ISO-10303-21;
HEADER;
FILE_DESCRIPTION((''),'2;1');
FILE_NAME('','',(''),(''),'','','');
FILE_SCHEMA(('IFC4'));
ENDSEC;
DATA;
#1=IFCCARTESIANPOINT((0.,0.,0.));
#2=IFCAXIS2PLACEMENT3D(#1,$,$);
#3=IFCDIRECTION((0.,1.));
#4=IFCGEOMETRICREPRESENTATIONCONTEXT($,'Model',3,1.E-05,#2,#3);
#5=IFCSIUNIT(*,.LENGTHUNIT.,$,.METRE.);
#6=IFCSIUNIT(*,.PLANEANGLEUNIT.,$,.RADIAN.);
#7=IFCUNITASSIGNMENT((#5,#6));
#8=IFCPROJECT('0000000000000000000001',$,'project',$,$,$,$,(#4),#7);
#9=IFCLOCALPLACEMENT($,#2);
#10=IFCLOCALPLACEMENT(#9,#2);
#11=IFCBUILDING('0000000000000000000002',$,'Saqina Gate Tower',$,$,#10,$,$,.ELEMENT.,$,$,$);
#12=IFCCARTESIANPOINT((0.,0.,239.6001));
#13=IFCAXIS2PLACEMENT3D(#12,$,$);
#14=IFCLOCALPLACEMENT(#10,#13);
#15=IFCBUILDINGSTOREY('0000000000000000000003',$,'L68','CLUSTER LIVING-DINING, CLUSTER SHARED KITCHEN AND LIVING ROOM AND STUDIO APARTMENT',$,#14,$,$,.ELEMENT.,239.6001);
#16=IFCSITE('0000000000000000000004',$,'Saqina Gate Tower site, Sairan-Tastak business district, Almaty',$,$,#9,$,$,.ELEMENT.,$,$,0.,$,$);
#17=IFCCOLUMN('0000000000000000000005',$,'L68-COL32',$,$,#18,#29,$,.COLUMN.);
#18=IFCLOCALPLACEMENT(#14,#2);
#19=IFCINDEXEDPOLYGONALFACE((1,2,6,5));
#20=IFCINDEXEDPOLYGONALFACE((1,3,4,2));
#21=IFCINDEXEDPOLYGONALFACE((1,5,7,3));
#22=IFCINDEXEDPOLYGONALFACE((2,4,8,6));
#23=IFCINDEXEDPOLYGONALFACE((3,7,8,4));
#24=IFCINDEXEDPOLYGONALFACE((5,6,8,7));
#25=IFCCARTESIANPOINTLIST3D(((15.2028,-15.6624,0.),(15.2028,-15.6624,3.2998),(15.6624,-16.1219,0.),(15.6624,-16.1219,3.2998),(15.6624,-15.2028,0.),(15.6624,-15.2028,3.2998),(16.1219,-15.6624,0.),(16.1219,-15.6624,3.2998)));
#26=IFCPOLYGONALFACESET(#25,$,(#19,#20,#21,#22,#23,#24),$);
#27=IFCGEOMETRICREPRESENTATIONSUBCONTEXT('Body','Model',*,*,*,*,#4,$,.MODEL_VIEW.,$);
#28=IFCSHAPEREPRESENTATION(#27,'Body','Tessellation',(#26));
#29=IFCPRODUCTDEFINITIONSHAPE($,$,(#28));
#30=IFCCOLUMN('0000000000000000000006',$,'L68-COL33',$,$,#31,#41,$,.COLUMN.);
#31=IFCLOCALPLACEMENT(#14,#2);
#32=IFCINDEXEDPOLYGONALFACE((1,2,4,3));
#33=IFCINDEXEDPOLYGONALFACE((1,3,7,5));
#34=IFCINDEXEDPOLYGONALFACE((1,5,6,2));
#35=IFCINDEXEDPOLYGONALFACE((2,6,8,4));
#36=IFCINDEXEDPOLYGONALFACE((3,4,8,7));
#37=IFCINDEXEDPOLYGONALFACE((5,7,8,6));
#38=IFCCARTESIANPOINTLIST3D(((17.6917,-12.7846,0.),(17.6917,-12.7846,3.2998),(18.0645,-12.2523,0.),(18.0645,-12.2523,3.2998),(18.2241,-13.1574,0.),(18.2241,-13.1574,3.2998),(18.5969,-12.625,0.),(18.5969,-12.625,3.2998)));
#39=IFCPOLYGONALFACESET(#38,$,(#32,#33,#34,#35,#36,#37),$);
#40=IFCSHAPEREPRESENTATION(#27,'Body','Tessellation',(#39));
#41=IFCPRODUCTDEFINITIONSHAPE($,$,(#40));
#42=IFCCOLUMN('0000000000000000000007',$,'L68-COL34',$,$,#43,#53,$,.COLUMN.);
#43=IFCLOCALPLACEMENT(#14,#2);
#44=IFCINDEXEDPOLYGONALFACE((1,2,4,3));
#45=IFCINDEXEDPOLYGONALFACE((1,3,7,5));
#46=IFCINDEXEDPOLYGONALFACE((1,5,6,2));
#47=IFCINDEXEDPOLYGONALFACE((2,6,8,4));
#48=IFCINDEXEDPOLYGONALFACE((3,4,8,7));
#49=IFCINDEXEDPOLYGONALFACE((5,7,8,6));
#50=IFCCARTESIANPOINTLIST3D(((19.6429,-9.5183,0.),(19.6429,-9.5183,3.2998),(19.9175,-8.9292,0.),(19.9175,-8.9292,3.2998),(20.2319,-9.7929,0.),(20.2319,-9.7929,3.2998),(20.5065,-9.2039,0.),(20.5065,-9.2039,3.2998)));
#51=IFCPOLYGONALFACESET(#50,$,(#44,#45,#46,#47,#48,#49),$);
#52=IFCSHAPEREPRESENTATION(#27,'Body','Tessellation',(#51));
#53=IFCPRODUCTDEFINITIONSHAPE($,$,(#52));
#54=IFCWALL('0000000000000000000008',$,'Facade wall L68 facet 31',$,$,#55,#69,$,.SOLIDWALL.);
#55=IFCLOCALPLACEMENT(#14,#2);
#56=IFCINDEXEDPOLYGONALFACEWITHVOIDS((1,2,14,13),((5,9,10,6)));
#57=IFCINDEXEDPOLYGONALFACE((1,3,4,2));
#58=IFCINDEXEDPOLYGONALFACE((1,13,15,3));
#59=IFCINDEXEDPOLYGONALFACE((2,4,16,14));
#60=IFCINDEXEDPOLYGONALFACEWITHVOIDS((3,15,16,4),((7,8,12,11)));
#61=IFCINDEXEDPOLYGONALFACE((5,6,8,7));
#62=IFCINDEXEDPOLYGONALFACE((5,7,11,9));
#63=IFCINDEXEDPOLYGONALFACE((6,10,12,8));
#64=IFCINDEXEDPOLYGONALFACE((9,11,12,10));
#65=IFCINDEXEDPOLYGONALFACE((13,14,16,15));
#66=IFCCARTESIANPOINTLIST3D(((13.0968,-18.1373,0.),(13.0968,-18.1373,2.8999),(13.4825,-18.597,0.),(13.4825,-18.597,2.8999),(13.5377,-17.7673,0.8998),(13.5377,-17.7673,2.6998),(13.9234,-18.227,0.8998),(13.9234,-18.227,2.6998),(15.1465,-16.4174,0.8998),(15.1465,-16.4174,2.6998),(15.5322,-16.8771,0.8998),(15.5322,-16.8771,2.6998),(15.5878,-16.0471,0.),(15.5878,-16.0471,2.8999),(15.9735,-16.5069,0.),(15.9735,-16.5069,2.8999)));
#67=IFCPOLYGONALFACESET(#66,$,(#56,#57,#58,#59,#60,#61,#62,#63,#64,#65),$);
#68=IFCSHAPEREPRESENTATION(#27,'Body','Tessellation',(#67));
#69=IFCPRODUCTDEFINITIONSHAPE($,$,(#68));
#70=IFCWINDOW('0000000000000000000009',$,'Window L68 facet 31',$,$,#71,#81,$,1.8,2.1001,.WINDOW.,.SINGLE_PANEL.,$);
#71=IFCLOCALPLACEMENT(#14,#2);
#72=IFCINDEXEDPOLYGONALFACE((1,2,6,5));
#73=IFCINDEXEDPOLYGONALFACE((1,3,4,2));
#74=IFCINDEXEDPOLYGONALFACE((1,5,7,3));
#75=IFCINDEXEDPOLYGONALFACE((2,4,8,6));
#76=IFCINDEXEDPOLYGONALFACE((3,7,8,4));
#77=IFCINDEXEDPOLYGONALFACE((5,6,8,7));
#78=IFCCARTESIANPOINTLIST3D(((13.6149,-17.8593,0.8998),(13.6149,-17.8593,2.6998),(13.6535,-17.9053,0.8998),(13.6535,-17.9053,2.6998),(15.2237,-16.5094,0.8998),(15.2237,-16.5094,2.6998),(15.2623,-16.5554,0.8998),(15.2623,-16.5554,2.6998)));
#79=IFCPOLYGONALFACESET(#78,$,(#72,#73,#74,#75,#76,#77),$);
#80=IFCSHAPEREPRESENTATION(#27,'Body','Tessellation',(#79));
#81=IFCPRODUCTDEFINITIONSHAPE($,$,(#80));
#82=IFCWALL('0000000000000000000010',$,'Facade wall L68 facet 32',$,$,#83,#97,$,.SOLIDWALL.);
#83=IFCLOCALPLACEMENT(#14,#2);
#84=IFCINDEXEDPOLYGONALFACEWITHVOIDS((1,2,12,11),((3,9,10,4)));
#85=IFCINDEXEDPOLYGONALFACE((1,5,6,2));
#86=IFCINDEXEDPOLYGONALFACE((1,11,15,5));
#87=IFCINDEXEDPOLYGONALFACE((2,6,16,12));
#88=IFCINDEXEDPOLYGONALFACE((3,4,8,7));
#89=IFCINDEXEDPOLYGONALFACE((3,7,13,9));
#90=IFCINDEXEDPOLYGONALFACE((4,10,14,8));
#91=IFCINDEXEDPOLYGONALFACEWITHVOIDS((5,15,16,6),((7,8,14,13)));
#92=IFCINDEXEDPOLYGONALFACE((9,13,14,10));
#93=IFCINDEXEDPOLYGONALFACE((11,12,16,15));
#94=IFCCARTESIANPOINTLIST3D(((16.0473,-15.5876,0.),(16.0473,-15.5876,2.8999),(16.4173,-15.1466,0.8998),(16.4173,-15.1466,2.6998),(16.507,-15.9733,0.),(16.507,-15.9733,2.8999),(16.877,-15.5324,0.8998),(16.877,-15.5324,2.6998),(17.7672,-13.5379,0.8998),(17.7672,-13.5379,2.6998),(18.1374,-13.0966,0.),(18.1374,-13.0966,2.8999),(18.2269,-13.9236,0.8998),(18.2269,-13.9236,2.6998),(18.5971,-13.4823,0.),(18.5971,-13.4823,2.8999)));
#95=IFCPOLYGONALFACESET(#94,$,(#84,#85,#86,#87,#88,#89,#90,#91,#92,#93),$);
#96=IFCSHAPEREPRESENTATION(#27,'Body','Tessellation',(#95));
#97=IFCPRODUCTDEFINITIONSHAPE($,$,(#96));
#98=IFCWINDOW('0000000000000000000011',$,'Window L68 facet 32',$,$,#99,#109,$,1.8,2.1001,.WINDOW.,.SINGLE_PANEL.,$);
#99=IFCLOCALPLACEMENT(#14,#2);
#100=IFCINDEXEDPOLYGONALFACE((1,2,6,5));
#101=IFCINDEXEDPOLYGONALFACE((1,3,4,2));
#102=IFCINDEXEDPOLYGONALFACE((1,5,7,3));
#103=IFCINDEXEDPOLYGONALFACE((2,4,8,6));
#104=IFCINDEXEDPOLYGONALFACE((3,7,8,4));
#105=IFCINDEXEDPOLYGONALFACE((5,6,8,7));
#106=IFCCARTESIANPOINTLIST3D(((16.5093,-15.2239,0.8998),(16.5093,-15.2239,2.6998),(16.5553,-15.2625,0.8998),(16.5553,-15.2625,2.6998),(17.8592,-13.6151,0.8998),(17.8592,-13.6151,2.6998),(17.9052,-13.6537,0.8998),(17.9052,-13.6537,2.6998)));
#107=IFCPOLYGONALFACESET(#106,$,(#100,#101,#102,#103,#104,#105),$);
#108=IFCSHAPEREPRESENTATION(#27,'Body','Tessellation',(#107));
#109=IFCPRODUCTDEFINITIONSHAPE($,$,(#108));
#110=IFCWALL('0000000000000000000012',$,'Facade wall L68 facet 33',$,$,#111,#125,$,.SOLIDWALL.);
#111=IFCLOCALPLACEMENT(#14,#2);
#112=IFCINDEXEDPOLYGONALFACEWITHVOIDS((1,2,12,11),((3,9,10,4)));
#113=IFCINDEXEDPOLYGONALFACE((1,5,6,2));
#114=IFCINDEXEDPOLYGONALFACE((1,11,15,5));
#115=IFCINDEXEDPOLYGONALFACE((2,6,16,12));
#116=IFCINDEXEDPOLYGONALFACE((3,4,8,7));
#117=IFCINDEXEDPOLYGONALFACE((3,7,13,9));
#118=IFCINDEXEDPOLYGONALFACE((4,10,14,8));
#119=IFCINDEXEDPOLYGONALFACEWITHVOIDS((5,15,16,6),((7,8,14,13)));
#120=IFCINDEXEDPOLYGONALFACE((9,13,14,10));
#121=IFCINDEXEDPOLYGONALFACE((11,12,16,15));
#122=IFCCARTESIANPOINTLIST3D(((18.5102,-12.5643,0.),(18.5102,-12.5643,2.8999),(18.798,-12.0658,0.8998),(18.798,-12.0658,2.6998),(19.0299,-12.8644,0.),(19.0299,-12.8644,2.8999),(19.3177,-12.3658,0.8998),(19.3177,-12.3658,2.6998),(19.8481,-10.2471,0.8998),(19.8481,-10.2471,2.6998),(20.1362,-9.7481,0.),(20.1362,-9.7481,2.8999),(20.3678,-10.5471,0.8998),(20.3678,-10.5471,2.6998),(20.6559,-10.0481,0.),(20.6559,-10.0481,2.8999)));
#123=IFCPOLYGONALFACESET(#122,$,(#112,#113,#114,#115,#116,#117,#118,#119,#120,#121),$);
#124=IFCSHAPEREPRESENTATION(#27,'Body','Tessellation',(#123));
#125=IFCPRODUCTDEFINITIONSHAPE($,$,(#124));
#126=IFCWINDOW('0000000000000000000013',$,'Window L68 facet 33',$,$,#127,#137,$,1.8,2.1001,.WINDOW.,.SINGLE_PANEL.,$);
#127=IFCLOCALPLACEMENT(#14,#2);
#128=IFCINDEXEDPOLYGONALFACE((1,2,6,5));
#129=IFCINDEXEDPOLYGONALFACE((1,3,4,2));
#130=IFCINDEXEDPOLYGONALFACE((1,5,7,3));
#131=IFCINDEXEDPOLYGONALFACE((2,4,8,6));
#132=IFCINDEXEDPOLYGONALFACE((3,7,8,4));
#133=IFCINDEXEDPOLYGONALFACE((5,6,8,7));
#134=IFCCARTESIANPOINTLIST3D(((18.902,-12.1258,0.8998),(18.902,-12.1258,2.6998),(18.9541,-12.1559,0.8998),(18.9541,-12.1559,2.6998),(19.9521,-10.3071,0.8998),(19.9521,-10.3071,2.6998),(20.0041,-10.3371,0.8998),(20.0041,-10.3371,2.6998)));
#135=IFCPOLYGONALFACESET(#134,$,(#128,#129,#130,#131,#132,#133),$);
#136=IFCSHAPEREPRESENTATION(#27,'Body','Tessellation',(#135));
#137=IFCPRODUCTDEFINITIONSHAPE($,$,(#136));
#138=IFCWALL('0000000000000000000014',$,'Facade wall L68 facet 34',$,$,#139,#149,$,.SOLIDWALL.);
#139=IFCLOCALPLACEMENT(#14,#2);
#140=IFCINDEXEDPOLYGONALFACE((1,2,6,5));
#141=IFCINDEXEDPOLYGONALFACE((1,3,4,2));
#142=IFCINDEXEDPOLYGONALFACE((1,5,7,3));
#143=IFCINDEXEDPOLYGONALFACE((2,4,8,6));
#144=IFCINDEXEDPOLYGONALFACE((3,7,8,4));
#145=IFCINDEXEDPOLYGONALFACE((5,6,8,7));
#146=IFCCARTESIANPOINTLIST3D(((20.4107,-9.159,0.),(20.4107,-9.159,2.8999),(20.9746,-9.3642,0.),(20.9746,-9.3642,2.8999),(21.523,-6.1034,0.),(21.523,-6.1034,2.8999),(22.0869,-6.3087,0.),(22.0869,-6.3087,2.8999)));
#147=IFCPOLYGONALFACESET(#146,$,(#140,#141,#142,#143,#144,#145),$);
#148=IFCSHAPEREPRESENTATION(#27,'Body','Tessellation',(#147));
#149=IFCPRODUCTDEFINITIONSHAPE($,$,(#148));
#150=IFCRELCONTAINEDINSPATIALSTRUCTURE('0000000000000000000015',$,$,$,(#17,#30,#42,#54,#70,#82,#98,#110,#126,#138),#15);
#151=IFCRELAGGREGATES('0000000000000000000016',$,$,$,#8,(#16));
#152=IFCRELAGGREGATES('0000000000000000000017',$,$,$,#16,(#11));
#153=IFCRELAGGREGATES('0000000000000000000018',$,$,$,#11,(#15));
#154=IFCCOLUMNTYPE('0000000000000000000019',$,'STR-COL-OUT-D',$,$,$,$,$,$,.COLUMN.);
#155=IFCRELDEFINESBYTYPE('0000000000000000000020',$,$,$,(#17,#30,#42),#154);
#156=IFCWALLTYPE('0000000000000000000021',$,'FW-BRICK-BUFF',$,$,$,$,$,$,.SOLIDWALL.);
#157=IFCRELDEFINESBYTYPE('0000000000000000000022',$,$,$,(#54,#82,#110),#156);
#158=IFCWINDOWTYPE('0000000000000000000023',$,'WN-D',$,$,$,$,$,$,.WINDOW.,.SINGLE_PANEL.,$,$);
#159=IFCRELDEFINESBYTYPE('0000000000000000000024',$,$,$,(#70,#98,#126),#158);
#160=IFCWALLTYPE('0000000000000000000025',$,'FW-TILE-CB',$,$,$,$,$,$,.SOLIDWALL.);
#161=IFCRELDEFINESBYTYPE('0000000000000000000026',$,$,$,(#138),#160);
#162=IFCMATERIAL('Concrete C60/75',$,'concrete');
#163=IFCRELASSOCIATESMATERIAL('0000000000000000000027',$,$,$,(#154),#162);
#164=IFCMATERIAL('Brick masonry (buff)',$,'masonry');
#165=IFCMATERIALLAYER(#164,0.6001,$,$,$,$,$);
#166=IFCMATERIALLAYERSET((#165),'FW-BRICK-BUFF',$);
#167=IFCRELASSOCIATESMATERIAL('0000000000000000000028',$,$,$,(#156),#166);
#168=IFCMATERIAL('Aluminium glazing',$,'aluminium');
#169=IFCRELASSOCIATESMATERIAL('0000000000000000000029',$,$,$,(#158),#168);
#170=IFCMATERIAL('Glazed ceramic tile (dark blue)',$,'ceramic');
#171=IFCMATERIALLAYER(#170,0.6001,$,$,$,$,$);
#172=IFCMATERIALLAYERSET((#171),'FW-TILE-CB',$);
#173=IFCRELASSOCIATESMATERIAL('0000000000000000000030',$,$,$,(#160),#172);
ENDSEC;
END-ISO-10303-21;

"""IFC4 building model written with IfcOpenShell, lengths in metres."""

from ifc_helpers import new_model, si_unit, direction, frame, frame_2d, origin, origin_2d, place, context, subcontext, project, spatial, rectangle, extrude, material, layer, layer_set, material_profile, profile_set, type_object, element, fill, save


model = new_model("IFC4")

# Units and contexts
model_context = context("Model", 3, precision=1e-05, world=origin(), true_north=direction((0.0, 1.0)))
body_context = subcontext(model_context, "Body", "Model", "MODEL_VIEW")
ifc_project = project(units=[si_unit("LENGTHUNIT", "METRE"), si_unit("PLANEANGLEUNIT", "RADIAN")], contexts=[model_context])

# Site, building, storey
site_placement = place(None, origin())
site = spatial("IfcSite", under=ifc_project, at=site_placement, Name="Saqina Gate Tower site, Sairan-Tastak business district, Almaty", CompositionType="ELEMENT", RefElevation=0.0)
building_placement = place(site_placement, origin())
building = spatial("IfcBuilding", under=site, at=building_placement, Name="Saqina Gate Tower", CompositionType="ELEMENT")
storey_placement = place(building_placement, frame((0.0, 0.0, 239.6001)))
storey = spatial("IfcBuildingStorey", under=building, at=storey_placement, Name="L68", Description="CLUSTER LIVING-DINING, CLUSTER SHARED KITCHEN AND LIVING ROOM AND STUDIO APARTMENT", CompositionType="ELEMENT", Elevation=239.6001)

# Columns
ifc_material_1 = material(Name="Concrete C60/75", Category="concrete")
ifc_material_profile = material_profile(ifc_material_1, rectangle(XDim=0.6499, YDim=0.6499, at=origin_2d()), Name="RC 650x650")
ifc_profile_set = profile_set([ifc_material_profile], Name="Concrete C60/75")
column_type = type_object("IfcColumnType", Name="STR-COL-OUT-D", PredefinedType="COLUMN", material=ifc_profile_set)
for number, where, z_axis, x_axis, name in (
    (1, (15.6624, -15.6624, 0.0), (0.0, 0.0, 1.0), (0.707107, -0.707107, 0.0), "L68-COL32"),
    (2, (18.1443, -12.7048, 0.0), (0.0, 0.0, 1.0), (0.819152, -0.573576, 0.0), "L68-COL33"),
    (3, (20.0747, -9.3611, 0.0), (0.0, 0.0, 1.0), (0.906308, -0.422618, 0.0), "L68-COL34"),
):
    element("IfcColumn", number, at=place(storey_placement, frame(where, z_axis=z_axis, x_axis=x_axis)), inside=storey, type_object=column_type, Name=name, PredefinedType="COLUMN", context=body_context, shape_type="SweptSolid", body=[
        extrude(rectangle(XDim=0.6499, YDim=0.6499, at=origin_2d()), origin(), (0.0, 0.0, 1.0), 3.2998),
    ])

# Walls, openings, windows
ifc_material_2 = material(Name="Brick masonry (buff)", Category="masonry")
ifc_layer_1 = layer(ifc_material_2, 0.6001)
ifc_layer_set_1 = layer_set([ifc_layer_1], Name="FW-BRICK-BUFF")
wall_type_1 = type_object("IfcWallType", Name="FW-BRICK-BUFF", PredefinedType="SOLIDWALL", material=ifc_layer_set_1)
wall_1_placement = place(storey_placement, frame((13.2896, -18.3672, 0.0), z_axis=(0.0, 0.0, 1.0), x_axis=(0.766057, 0.642773, 0.0)))
wall_1 = element("IfcWall", 4, at=wall_1_placement, inside=storey, type_object=wall_type_1, Name="Facade wall L68 facet 31", PredefinedType="SOLIDWALL", context=body_context, shape_type="SweptSolid", body=[
    extrude(rectangle(XDim=3.2517, YDim=0.6001, at=frame_2d((1.626, 0.0))), origin(), (0.0, 0.0, 1.0), 2.8999),
])
opening_1_placement = place(wall_1_placement, frame((0.5757, 0.0, 0.8999)))
opening_1 = element("IfcOpeningElement", 5, at=opening_1_placement, cuts=wall_1, PredefinedType="OPENING", context=body_context, shape_type="SweptSolid", body=[
    extrude(rectangle(XDim=2.1001, YDim=1.8, at=frame_2d((1.05, 0.8999))), frame((0.0, 0.312, 0.0), z_axis=(0.0, -1.0, 0.0), x_axis=(1.0, 0.0, 0.0)), (0.0, 0.0, 1.0), 0.624),
])
ifc_material_3 = material(Name="Aluminium glazing", Category="aluminium")
window_type = type_object("IfcWindowType", Name="WN-D", PartitioningType="SINGLE_PANEL", PredefinedType="WINDOW", material=ifc_material_3)
window_1_placement = place(opening_1_placement, origin())
window_1 = element("IfcWindow", 6, at=window_1_placement, inside=storey, type_object=window_type, Name="Window L68 facet 31", OverallHeight=1.8, OverallWidth=2.1001, PartitioningType="SINGLE_PANEL", PredefinedType="WINDOW", context=body_context, shape_type="SweptSolid", body=[
    extrude(rectangle(XDim=2.1001, YDim=1.8, at=frame_2d((1.05, 0.8999))), frame((0.0, 0.1799, 0.0), z_axis=(0.0, -1.0, 0.0), x_axis=(1.0, 0.0, 0.0)), (0.0, 0.0, 1.0), 0.0601),
])
fill(opening_1, window_1)
wall_2_placement = place(storey_placement, frame((16.2771, -15.7805, 0.0), z_axis=(0.0, 0.0, 1.0), x_axis=(0.642773, 0.766057, 0.0)))
wall_2 = element("IfcWall", 7, at=wall_2_placement, inside=storey, type_object=wall_type_1, Name="Facade wall L68 facet 32", PredefinedType="SOLIDWALL", context=body_context, shape_type="SweptSolid", body=[
    extrude(rectangle(XDim=3.2517, YDim=0.6001, at=frame_2d((1.626, 0.0))), origin(), (0.0, 0.0, 1.0), 2.8999),
])
opening_2_placement = place(wall_2_placement, frame((0.5757, 0.0, 0.8999)))
opening_2 = element("IfcOpeningElement", 8, at=opening_2_placement, cuts=wall_2, PredefinedType="OPENING", context=body_context, shape_type="SweptSolid", body=[
    extrude(rectangle(XDim=2.1001, YDim=1.8, at=frame_2d((1.05, 0.8999))), frame((0.0, 0.312, 0.0), z_axis=(0.0, -1.0, 0.0), x_axis=(1.0, 0.0, 0.0)), (0.0, 0.0, 1.0), 0.624),
])
window_2_placement = place(opening_2_placement, origin())
window_2 = element("IfcWindow", 9, at=window_2_placement, inside=storey, type_object=window_type, Name="Window L68 facet 32", OverallHeight=1.8, OverallWidth=2.1001, PartitioningType="SINGLE_PANEL", PredefinedType="WINDOW", context=body_context, shape_type="SweptSolid", body=[
    extrude(rectangle(XDim=2.1001, YDim=1.8, at=frame_2d((1.05, 0.8999))), frame((0.0, 0.1799, 0.0), z_axis=(0.0, -1.0, 0.0), x_axis=(1.0, 0.0, 0.0)), (0.0, 0.0, 1.0), 0.0601),
])
fill(opening_2, window_2)
wall_3_placement = place(storey_placement, frame((18.77, -12.7144, 0.0), z_axis=(0.0, 0.0, 1.0), x_axis=(0.500015, 0.866017, 0.0)))
wall_3 = element("IfcWall", 10, at=wall_3_placement, inside=storey, type_object=wall_type_1, Name="Facade wall L68 facet 33", PredefinedType="SOLIDWALL", context=body_context, shape_type="SweptSolid", body=[
    extrude(rectangle(XDim=3.252, YDim=0.6001, at=frame_2d((1.626, 0.0))), origin(), (0.0, 0.0, 1.0), 2.8999),
])
opening_3_placement = place(wall_3_placement, frame((0.5757, 0.0, 0.8999)))
opening_3 = element("IfcOpeningElement", 11, at=opening_3_placement, cuts=wall_3, PredefinedType="OPENING", context=body_context, shape_type="SweptSolid", body=[
    extrude(rectangle(XDim=2.1001, YDim=1.8, at=frame_2d((1.05, 0.8999))), frame((0.0, 0.312, 0.0), z_axis=(0.0, -1.0, 0.0), x_axis=(1.0, 0.0, 0.0)), (0.0, 0.0, 1.0), 0.624),
])
window_3_placement = place(opening_3_placement, origin())
window_3 = element("IfcWindow", 12, at=window_3_placement, inside=storey, type_object=window_type, Name="Window L68 facet 33", OverallHeight=1.8, OverallWidth=2.1001, PartitioningType="SINGLE_PANEL", PredefinedType="WINDOW", context=body_context, shape_type="SweptSolid", body=[
    extrude(rectangle(XDim=2.1001, YDim=1.8, at=frame_2d((1.05, 0.8999))), frame((0.0, 0.1799, 0.0), z_axis=(0.0, -1.0, 0.0), x_axis=(1.0, 0.0, 0.0)), (0.0, 0.0, 1.0), 0.0601),
])
fill(opening_3, window_3)

# Wall
ifc_material_4 = material(Name="Glazed ceramic tile (dark blue)", Category="ceramic")
ifc_layer_2 = layer(ifc_material_4, 0.6001)
ifc_layer_set_2 = layer_set([ifc_layer_2], Name="FW-TILE-CB")
wall_type_2 = type_object("IfcWallType", Name="FW-TILE-CB", PredefinedType="SOLIDWALL", material=ifc_layer_set_2)
wall_4_placement = place(storey_placement, frame((20.6926, -9.2617, 0.0), z_axis=(0.0, 0.0, 1.0), x_axis=(0.342057, 0.939679, 0.0)))
element("IfcWall", 13, at=wall_4_placement, inside=storey, type_object=wall_type_2, Name="Facade wall L68 facet 34", PredefinedType="SOLIDWALL", context=body_context, shape_type="SweptSolid", body=[
    extrude(rectangle(XDim=3.2517, YDim=0.6001, at=frame_2d((1.626, 0.0))), origin(), (0.0, 0.0, 1.0), 2.8999),
])

save(model, "model.ifc")
